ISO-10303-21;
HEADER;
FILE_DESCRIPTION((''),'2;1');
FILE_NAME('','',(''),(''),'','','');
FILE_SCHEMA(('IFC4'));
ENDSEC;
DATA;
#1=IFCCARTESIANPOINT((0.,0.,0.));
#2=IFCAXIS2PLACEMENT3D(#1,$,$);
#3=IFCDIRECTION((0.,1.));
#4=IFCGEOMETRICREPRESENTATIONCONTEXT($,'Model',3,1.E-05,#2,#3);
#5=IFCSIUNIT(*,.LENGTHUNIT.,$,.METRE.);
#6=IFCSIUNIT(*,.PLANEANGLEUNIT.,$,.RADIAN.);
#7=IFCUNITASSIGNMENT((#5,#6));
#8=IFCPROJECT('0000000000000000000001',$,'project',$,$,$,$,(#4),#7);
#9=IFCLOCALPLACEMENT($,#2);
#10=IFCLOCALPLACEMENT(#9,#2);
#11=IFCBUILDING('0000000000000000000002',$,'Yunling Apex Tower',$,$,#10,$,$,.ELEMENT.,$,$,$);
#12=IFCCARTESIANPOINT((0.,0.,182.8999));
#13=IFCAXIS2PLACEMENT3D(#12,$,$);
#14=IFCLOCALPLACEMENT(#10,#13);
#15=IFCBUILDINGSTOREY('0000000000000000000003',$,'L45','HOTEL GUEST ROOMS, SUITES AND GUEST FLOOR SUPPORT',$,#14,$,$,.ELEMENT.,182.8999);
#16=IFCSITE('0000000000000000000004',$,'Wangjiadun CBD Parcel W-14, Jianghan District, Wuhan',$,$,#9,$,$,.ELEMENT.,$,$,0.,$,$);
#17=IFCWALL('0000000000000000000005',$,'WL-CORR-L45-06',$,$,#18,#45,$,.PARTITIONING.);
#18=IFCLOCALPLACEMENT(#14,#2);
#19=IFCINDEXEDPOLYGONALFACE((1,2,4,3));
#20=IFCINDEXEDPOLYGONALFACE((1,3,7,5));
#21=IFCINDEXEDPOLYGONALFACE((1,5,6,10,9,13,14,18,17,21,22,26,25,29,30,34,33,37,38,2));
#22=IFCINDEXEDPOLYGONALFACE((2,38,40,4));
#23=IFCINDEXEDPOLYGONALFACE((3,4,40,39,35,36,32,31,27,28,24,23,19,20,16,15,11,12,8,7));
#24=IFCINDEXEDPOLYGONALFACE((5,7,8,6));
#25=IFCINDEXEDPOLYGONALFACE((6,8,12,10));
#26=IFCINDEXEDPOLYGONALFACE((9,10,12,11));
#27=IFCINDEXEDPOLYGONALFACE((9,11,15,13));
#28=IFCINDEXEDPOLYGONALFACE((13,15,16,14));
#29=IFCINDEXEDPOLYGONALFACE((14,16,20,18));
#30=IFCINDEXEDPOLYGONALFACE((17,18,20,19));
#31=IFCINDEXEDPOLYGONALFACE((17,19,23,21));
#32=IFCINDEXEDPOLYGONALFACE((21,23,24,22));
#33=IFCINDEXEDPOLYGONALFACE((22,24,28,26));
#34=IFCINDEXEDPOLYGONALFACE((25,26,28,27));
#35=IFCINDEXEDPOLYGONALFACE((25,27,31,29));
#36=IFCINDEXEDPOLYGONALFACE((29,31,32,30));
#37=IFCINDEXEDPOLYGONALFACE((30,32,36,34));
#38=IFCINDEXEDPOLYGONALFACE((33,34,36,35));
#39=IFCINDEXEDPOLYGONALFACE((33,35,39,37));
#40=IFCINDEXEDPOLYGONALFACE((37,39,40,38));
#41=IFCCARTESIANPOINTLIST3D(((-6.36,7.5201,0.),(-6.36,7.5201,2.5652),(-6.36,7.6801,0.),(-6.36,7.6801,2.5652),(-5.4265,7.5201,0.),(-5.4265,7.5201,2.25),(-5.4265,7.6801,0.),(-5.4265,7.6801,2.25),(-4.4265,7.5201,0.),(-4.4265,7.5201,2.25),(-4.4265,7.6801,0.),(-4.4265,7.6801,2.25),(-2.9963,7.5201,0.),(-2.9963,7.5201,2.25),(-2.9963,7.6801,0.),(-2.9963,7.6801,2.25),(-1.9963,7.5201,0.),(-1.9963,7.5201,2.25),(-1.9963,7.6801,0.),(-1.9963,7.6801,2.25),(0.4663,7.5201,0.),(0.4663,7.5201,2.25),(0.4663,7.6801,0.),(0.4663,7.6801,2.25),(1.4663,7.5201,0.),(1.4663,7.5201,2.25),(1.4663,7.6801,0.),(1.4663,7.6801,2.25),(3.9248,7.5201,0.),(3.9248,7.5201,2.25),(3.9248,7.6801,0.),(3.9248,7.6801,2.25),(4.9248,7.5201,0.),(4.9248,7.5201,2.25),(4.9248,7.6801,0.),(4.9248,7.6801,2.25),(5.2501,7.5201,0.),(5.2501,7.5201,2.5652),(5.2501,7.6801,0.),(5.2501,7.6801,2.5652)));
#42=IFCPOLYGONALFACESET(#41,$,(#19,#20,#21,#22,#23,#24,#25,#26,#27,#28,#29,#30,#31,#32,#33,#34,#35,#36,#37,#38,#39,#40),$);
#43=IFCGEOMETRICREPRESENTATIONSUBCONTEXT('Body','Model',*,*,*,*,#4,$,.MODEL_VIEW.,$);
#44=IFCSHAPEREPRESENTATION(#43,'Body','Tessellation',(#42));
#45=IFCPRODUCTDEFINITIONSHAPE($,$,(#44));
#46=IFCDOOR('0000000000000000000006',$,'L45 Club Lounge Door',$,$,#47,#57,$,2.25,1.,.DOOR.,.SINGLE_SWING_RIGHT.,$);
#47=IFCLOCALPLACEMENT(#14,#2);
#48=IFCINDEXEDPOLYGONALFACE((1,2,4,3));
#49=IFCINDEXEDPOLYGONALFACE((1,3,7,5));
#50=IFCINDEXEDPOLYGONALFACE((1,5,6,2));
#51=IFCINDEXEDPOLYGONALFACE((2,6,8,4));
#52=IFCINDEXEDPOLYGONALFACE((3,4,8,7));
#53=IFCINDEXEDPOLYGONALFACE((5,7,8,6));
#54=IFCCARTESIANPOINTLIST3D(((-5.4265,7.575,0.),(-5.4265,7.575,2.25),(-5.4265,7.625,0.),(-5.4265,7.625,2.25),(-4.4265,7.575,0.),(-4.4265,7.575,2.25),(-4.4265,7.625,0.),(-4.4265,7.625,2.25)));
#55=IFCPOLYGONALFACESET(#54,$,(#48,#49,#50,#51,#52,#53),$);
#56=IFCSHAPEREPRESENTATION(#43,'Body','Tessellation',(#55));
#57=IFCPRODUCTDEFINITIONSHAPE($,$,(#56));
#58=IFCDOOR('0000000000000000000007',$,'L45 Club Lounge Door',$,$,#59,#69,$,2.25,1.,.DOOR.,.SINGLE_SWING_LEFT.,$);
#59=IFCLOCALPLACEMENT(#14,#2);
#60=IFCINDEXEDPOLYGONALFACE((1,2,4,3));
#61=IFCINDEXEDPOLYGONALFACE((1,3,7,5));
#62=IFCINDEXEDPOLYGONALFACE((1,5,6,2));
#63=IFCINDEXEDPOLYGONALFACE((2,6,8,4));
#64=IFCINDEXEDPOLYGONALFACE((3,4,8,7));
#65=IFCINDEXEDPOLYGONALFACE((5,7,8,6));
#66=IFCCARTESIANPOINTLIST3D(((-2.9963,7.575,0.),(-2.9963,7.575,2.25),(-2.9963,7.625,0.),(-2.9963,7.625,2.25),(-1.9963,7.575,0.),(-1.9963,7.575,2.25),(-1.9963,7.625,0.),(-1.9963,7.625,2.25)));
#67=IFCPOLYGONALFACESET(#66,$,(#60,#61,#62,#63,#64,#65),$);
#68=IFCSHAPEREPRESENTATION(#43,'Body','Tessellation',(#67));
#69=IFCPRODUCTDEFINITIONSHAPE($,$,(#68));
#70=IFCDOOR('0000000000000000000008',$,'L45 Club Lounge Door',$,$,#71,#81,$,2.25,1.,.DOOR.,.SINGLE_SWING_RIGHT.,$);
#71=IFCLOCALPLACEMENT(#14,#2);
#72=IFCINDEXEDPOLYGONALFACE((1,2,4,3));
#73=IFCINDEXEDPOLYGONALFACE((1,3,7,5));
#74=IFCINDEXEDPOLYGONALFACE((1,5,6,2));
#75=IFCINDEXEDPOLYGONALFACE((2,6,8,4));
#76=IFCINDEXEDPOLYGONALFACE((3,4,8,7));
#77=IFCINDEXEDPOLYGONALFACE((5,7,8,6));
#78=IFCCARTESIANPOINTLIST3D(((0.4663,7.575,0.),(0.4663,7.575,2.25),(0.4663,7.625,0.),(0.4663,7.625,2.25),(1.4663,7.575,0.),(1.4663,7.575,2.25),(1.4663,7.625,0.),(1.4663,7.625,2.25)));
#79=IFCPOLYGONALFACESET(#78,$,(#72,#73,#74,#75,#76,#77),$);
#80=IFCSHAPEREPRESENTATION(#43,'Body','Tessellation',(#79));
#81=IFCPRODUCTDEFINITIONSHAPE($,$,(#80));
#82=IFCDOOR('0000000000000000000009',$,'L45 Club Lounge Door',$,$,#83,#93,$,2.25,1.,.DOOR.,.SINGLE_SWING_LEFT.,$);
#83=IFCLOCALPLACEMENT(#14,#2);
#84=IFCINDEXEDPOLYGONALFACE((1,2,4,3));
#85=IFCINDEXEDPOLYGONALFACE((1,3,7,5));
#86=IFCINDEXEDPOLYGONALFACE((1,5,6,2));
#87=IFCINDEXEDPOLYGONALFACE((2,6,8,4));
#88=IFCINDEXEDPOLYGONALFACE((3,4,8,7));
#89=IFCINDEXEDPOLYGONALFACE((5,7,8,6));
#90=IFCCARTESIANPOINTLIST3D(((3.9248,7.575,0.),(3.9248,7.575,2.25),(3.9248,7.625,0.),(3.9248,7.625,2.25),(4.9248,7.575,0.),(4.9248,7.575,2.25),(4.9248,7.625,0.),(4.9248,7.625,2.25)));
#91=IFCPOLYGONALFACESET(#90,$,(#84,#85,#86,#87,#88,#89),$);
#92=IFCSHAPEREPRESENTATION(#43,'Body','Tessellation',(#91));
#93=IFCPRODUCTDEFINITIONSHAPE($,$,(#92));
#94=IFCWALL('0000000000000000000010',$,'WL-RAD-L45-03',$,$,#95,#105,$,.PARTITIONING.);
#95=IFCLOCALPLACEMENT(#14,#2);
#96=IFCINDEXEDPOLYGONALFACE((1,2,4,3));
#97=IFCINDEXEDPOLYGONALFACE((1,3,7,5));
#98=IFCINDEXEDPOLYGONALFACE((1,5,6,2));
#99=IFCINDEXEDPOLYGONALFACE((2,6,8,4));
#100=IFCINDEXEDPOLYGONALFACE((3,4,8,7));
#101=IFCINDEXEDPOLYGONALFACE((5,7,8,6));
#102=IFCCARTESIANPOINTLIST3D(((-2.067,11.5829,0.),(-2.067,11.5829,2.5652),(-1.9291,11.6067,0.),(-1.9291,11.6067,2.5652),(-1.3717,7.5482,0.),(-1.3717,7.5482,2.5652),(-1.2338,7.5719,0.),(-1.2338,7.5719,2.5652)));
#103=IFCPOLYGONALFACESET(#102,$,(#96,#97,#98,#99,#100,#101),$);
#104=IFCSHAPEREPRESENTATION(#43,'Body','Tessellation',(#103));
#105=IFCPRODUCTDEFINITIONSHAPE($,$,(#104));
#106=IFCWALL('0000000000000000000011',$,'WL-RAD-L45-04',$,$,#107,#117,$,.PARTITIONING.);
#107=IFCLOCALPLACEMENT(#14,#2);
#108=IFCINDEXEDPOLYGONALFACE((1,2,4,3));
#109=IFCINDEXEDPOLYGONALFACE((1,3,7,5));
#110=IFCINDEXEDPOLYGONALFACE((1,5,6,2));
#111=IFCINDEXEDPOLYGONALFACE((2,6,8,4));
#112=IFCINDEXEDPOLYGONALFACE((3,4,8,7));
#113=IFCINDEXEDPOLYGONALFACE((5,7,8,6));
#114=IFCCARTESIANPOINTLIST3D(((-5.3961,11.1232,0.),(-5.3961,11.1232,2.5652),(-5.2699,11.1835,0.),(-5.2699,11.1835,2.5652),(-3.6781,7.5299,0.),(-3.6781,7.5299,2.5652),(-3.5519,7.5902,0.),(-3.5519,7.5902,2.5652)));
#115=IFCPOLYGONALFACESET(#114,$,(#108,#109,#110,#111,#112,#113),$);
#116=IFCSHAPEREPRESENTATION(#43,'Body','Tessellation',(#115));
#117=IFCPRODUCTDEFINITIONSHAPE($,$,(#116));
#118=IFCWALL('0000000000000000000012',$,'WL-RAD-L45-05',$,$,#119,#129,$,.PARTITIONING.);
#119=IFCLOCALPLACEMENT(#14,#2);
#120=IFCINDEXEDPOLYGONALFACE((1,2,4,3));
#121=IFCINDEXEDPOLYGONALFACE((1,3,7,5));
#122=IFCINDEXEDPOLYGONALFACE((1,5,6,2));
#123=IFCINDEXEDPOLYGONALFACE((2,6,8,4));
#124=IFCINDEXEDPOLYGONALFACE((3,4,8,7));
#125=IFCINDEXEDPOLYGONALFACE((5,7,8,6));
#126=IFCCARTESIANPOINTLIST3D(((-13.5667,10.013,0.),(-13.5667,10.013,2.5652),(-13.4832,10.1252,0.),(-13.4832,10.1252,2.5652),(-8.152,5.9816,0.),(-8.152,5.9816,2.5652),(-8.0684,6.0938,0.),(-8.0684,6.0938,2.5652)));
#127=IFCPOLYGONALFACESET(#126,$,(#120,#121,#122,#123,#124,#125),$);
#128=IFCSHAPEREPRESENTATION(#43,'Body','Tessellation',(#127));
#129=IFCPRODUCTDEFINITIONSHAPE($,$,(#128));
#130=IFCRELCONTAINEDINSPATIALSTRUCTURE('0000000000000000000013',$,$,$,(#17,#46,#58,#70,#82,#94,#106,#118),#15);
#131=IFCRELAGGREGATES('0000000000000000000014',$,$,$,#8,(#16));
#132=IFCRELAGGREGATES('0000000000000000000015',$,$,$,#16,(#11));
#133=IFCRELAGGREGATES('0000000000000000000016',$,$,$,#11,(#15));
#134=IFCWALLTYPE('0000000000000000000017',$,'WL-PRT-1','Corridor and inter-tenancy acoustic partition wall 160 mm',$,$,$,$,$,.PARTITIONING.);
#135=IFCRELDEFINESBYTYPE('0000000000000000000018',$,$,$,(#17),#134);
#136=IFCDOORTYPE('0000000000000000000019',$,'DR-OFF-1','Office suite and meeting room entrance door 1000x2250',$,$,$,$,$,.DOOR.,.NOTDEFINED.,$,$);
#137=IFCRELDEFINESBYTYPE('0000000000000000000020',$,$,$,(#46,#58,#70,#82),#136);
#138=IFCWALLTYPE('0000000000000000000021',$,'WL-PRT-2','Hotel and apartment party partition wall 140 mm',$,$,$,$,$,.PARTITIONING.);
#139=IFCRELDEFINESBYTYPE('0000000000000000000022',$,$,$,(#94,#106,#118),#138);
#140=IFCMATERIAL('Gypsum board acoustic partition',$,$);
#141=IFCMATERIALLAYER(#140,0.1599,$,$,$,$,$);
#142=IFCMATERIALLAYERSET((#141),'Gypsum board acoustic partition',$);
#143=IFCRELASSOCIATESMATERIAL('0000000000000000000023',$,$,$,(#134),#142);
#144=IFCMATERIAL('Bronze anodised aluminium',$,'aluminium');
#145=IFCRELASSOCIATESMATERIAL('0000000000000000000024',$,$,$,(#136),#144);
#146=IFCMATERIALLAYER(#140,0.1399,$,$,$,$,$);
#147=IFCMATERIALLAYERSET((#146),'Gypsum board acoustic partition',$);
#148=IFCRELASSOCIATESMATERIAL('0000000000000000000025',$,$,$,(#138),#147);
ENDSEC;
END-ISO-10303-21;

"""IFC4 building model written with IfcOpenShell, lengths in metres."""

from ifc_helpers import new_model, si_unit, direction, frame, frame_2d, origin, place, context, subcontext, project, spatial, rectangle, extrude, material, layer, layer_set, type_object, element, fill, save


model = new_model("IFC4")

# Units and contexts
model_context = context("Model", 3, precision=1e-05, world=origin(), true_north=direction((0.0, 1.0)))
body_context = subcontext(model_context, "Body", "Model", "MODEL_VIEW")
ifc_project = project(units=[si_unit("LENGTHUNIT", "METRE"), si_unit("PLANEANGLEUNIT", "RADIAN")], contexts=[model_context])

# Site, building, storey
site_placement = place(None, origin())
site = spatial("IfcSite", under=ifc_project, at=site_placement, Name="Wangjiadun CBD Parcel W-14, Jianghan District, Wuhan", CompositionType="ELEMENT", RefElevation=0.0)
building_placement = place(site_placement, origin())
building = spatial("IfcBuilding", under=site, at=building_placement, Name="Yunling Apex Tower", CompositionType="ELEMENT")
storey_placement = place(building_placement, frame((0.0, 0.0, 182.8999)))
storey = spatial("IfcBuildingStorey", under=building, at=storey_placement, Name="L45", Description="HOTEL GUEST ROOMS, SUITES AND GUEST FLOOR SUPPORT", CompositionType="ELEMENT", Elevation=182.8999)

# Shared definitions
ifc_material_1 = material(Name="Bronze anodised aluminium", Category="aluminium")

# Shared definitions
ifc_material_2 = material(Name="Gypsum board acoustic partition")
ifc_layer_1 = layer(ifc_material_2, 0.1599)
ifc_layer_set_1 = layer_set([ifc_layer_1], Name="Gypsum board acoustic partition")
wall_type_1 = type_object("IfcWallType", Name="WL-PRT-1", Description="Corridor and inter-tenancy acoustic partition wall 160 mm", PredefinedType="PARTITIONING", material=ifc_layer_set_1)

# Wall, openings, doors
wall_1_placement = place(storey_placement, frame((-6.3601, 7.6001, 0.0), z_axis=(0.0, 0.0, 1.0), x_axis=(1.0, 0.0, 0.0)))
wall_1 = element("IfcWall", 1, at=wall_1_placement, inside=storey, type_object=wall_type_1, Name="WL-CORR-L45-06", PredefinedType="PARTITIONING", context=body_context, shape_type="SweptSolid", body=[
    extrude(rectangle(XDim=11.6101, YDim=0.1599, at=frame_2d((5.8052, 0.0))), origin(), (0.0, 0.0, 1.0), 2.5652),
])
opening_1_placement = place(wall_1_placement, frame((0.9336, 0.0, 0.0)))
opening_1 = element("IfcOpeningElement", 2, at=opening_1_placement, cuts=wall_1, PredefinedType="OPENING", context=body_context, shape_type="SweptSolid", body=[
    extrude(rectangle(XDim=1.0, YDim=2.25, at=frame_2d((0.5, 1.125))), frame((0.0, 0.0898, 0.0), z_axis=(0.0, -1.0, 0.0), x_axis=(1.0, 0.0, 0.0)), (0.0, 0.0, 1.0), 0.1799),
])
opening_2_placement = place(wall_1_placement, frame((3.3638, 0.0, 0.0)))
opening_2 = element("IfcOpeningElement", 3, at=opening_2_placement, cuts=wall_1, PredefinedType="OPENING", context=body_context, shape_type="SweptSolid", body=[
    extrude(rectangle(XDim=1.0, YDim=2.25, at=frame_2d((0.5, 1.125))), frame((0.0, 0.0898, 0.0), z_axis=(0.0, -1.0, 0.0), x_axis=(1.0, 0.0, 0.0)), (0.0, 0.0, 1.0), 0.1799),
])
opening_3_placement = place(wall_1_placement, frame((6.8264, 0.0, 0.0)))
opening_3 = element("IfcOpeningElement", 4, at=opening_3_placement, cuts=wall_1, PredefinedType="OPENING", context=body_context, shape_type="SweptSolid", body=[
    extrude(rectangle(XDim=1.0, YDim=2.25, at=frame_2d((0.5, 1.125))), frame((0.0, 0.0898, 0.0), z_axis=(0.0, -1.0, 0.0), x_axis=(1.0, 0.0, 0.0)), (0.0, 0.0, 1.0), 0.1799),
])
opening_4_placement = place(wall_1_placement, frame((10.2849, 0.0, 0.0)))
opening_4 = element("IfcOpeningElement", 5, at=opening_4_placement, cuts=wall_1, PredefinedType="OPENING", context=body_context, shape_type="SweptSolid", body=[
    extrude(rectangle(XDim=1.0, YDim=2.25, at=frame_2d((0.5, 1.125))), frame((0.0, 0.0898, 0.0), z_axis=(0.0, -1.0, 0.0), x_axis=(1.0, 0.0, 0.0)), (0.0, 0.0, 1.0), 0.1799),
])
door_type = type_object("IfcDoorType", Name="DR-OFF-1", Description="Office suite and meeting room entrance door 1000x2250", OperationType="NOTDEFINED", PredefinedType="DOOR", material=ifc_material_1)
door_1_placement = place(opening_1_placement, origin())
door_1 = element("IfcDoor", 6, at=door_1_placement, inside=storey, type_object=door_type, Name="L45 Club Lounge Door", OperationType="SINGLE_SWING_RIGHT", OverallHeight=2.25, OverallWidth=1.0, PredefinedType="DOOR", context=body_context, shape_type="SweptSolid", body=[
    extrude(rectangle(XDim=1.0, YDim=2.25, at=frame_2d((0.5, 1.125))), frame((0.0, 0.0249, 0.0), z_axis=(0.0, -1.0, 0.0), x_axis=(1.0, 0.0, 0.0)), (0.0, 0.0, 1.0), 0.05),
])
fill(opening_1, door_1)
door_2_placement = place(opening_2_placement, origin())
door_2 = element("IfcDoor", 7, at=door_2_placement, inside=storey, type_object=door_type, Name="L45 Club Lounge Door", OperationType="SINGLE_SWING_LEFT", OverallHeight=2.25, OverallWidth=1.0, PredefinedType="DOOR", context=body_context, shape_type="SweptSolid", body=[
    extrude(rectangle(XDim=1.0, YDim=2.25, at=frame_2d((0.5, 1.125))), frame((0.0, 0.0249, 0.0), z_axis=(0.0, -1.0, 0.0), x_axis=(1.0, 0.0, 0.0)), (0.0, 0.0, 1.0), 0.05),
])
fill(opening_2, door_2)
door_3_placement = place(opening_3_placement, origin())
door_3 = element("IfcDoor", 8, at=door_3_placement, inside=storey, type_object=door_type, Name="L45 Club Lounge Door", OperationType="SINGLE_SWING_RIGHT", OverallHeight=2.25, OverallWidth=1.0, PredefinedType="DOOR", context=body_context, shape_type="SweptSolid", body=[
    extrude(rectangle(XDim=1.0, YDim=2.25, at=frame_2d((0.5, 1.125))), frame((0.0, 0.0249, 0.0), z_axis=(0.0, -1.0, 0.0), x_axis=(1.0, 0.0, 0.0)), (0.0, 0.0, 1.0), 0.05),
])
fill(opening_3, door_3)
door_4_placement = place(opening_4_placement, origin())
door_4 = element("IfcDoor", 9, at=door_4_placement, inside=storey, type_object=door_type, Name="L45 Club Lounge Door", OperationType="SINGLE_SWING_LEFT", OverallHeight=2.25, OverallWidth=1.0, PredefinedType="DOOR", context=body_context, shape_type="SweptSolid", body=[
    extrude(rectangle(XDim=1.0, YDim=2.25, at=frame_2d((0.5, 1.125))), frame((0.0, 0.0249, 0.0), z_axis=(0.0, -1.0, 0.0), x_axis=(1.0, 0.0, 0.0)), (0.0, 0.0, 1.0), 0.05),
])
fill(opening_4, door_4)

# Walls
ifc_layer_2 = layer(ifc_material_2, 0.1399)
ifc_layer_set_2 = layer_set([ifc_layer_2], Name="Gypsum board acoustic partition")
wall_type_2 = type_object("IfcWallType", Name="WL-PRT-2", Description="Hotel and apartment party partition wall 140 mm", PredefinedType="PARTITIONING", material=ifc_layer_set_2)
wall_2_placement = place(storey_placement, frame((-1.3027, 7.5601, 0.0), z_axis=(0.0, 0.0, 1.0), x_axis=(-0.169831, 0.985473, 0.0)))
element("IfcWall", 10, at=wall_2_placement, inside=storey, type_object=wall_type_2, Name="WL-RAD-L45-03", PredefinedType="PARTITIONING", context=body_context, shape_type="SweptSolid", body=[
    extrude(rectangle(XDim=4.0942, YDim=0.1399, at=frame_2d((2.0471, 0.0))), origin(), (0.0, 0.0, 1.0), 2.5652),
])
wall_3_placement = place(storey_placement, frame((-3.615, 7.5601, 0.0), z_axis=(0.0, 0.0, 1.0), x_axis=(-0.431354, 0.902183, 0.0)))
element("IfcWall", 11, at=wall_3_placement, inside=storey, type_object=wall_type_2, Name="WL-RAD-L45-04", PredefinedType="PARTITIONING", context=body_context, shape_type="SweptSolid", body=[
    extrude(rectangle(XDim=3.9829, YDim=0.1399, at=frame_2d((1.9915, 0.0))), origin(), (0.0, 0.0, 1.0), 2.5652),
])
wall_4_placement = place(storey_placement, frame((-8.1101, 6.0376, 0.0), z_axis=(0.0, 0.0, 1.0), x_axis=(-0.8021, 0.59719, 0.0)))
element("IfcWall", 12, at=wall_4_placement, inside=storey, type_object=wall_type_2, Name="WL-RAD-L45-05", PredefinedType="PARTITIONING", context=body_context, shape_type="SweptSolid", body=[
    extrude(rectangle(XDim=6.7507, YDim=0.1399, at=frame_2d((3.3755, 0.0))), origin(), (0.0, 0.0, 1.0), 2.5652),
])

save(model, "model.ifc")
